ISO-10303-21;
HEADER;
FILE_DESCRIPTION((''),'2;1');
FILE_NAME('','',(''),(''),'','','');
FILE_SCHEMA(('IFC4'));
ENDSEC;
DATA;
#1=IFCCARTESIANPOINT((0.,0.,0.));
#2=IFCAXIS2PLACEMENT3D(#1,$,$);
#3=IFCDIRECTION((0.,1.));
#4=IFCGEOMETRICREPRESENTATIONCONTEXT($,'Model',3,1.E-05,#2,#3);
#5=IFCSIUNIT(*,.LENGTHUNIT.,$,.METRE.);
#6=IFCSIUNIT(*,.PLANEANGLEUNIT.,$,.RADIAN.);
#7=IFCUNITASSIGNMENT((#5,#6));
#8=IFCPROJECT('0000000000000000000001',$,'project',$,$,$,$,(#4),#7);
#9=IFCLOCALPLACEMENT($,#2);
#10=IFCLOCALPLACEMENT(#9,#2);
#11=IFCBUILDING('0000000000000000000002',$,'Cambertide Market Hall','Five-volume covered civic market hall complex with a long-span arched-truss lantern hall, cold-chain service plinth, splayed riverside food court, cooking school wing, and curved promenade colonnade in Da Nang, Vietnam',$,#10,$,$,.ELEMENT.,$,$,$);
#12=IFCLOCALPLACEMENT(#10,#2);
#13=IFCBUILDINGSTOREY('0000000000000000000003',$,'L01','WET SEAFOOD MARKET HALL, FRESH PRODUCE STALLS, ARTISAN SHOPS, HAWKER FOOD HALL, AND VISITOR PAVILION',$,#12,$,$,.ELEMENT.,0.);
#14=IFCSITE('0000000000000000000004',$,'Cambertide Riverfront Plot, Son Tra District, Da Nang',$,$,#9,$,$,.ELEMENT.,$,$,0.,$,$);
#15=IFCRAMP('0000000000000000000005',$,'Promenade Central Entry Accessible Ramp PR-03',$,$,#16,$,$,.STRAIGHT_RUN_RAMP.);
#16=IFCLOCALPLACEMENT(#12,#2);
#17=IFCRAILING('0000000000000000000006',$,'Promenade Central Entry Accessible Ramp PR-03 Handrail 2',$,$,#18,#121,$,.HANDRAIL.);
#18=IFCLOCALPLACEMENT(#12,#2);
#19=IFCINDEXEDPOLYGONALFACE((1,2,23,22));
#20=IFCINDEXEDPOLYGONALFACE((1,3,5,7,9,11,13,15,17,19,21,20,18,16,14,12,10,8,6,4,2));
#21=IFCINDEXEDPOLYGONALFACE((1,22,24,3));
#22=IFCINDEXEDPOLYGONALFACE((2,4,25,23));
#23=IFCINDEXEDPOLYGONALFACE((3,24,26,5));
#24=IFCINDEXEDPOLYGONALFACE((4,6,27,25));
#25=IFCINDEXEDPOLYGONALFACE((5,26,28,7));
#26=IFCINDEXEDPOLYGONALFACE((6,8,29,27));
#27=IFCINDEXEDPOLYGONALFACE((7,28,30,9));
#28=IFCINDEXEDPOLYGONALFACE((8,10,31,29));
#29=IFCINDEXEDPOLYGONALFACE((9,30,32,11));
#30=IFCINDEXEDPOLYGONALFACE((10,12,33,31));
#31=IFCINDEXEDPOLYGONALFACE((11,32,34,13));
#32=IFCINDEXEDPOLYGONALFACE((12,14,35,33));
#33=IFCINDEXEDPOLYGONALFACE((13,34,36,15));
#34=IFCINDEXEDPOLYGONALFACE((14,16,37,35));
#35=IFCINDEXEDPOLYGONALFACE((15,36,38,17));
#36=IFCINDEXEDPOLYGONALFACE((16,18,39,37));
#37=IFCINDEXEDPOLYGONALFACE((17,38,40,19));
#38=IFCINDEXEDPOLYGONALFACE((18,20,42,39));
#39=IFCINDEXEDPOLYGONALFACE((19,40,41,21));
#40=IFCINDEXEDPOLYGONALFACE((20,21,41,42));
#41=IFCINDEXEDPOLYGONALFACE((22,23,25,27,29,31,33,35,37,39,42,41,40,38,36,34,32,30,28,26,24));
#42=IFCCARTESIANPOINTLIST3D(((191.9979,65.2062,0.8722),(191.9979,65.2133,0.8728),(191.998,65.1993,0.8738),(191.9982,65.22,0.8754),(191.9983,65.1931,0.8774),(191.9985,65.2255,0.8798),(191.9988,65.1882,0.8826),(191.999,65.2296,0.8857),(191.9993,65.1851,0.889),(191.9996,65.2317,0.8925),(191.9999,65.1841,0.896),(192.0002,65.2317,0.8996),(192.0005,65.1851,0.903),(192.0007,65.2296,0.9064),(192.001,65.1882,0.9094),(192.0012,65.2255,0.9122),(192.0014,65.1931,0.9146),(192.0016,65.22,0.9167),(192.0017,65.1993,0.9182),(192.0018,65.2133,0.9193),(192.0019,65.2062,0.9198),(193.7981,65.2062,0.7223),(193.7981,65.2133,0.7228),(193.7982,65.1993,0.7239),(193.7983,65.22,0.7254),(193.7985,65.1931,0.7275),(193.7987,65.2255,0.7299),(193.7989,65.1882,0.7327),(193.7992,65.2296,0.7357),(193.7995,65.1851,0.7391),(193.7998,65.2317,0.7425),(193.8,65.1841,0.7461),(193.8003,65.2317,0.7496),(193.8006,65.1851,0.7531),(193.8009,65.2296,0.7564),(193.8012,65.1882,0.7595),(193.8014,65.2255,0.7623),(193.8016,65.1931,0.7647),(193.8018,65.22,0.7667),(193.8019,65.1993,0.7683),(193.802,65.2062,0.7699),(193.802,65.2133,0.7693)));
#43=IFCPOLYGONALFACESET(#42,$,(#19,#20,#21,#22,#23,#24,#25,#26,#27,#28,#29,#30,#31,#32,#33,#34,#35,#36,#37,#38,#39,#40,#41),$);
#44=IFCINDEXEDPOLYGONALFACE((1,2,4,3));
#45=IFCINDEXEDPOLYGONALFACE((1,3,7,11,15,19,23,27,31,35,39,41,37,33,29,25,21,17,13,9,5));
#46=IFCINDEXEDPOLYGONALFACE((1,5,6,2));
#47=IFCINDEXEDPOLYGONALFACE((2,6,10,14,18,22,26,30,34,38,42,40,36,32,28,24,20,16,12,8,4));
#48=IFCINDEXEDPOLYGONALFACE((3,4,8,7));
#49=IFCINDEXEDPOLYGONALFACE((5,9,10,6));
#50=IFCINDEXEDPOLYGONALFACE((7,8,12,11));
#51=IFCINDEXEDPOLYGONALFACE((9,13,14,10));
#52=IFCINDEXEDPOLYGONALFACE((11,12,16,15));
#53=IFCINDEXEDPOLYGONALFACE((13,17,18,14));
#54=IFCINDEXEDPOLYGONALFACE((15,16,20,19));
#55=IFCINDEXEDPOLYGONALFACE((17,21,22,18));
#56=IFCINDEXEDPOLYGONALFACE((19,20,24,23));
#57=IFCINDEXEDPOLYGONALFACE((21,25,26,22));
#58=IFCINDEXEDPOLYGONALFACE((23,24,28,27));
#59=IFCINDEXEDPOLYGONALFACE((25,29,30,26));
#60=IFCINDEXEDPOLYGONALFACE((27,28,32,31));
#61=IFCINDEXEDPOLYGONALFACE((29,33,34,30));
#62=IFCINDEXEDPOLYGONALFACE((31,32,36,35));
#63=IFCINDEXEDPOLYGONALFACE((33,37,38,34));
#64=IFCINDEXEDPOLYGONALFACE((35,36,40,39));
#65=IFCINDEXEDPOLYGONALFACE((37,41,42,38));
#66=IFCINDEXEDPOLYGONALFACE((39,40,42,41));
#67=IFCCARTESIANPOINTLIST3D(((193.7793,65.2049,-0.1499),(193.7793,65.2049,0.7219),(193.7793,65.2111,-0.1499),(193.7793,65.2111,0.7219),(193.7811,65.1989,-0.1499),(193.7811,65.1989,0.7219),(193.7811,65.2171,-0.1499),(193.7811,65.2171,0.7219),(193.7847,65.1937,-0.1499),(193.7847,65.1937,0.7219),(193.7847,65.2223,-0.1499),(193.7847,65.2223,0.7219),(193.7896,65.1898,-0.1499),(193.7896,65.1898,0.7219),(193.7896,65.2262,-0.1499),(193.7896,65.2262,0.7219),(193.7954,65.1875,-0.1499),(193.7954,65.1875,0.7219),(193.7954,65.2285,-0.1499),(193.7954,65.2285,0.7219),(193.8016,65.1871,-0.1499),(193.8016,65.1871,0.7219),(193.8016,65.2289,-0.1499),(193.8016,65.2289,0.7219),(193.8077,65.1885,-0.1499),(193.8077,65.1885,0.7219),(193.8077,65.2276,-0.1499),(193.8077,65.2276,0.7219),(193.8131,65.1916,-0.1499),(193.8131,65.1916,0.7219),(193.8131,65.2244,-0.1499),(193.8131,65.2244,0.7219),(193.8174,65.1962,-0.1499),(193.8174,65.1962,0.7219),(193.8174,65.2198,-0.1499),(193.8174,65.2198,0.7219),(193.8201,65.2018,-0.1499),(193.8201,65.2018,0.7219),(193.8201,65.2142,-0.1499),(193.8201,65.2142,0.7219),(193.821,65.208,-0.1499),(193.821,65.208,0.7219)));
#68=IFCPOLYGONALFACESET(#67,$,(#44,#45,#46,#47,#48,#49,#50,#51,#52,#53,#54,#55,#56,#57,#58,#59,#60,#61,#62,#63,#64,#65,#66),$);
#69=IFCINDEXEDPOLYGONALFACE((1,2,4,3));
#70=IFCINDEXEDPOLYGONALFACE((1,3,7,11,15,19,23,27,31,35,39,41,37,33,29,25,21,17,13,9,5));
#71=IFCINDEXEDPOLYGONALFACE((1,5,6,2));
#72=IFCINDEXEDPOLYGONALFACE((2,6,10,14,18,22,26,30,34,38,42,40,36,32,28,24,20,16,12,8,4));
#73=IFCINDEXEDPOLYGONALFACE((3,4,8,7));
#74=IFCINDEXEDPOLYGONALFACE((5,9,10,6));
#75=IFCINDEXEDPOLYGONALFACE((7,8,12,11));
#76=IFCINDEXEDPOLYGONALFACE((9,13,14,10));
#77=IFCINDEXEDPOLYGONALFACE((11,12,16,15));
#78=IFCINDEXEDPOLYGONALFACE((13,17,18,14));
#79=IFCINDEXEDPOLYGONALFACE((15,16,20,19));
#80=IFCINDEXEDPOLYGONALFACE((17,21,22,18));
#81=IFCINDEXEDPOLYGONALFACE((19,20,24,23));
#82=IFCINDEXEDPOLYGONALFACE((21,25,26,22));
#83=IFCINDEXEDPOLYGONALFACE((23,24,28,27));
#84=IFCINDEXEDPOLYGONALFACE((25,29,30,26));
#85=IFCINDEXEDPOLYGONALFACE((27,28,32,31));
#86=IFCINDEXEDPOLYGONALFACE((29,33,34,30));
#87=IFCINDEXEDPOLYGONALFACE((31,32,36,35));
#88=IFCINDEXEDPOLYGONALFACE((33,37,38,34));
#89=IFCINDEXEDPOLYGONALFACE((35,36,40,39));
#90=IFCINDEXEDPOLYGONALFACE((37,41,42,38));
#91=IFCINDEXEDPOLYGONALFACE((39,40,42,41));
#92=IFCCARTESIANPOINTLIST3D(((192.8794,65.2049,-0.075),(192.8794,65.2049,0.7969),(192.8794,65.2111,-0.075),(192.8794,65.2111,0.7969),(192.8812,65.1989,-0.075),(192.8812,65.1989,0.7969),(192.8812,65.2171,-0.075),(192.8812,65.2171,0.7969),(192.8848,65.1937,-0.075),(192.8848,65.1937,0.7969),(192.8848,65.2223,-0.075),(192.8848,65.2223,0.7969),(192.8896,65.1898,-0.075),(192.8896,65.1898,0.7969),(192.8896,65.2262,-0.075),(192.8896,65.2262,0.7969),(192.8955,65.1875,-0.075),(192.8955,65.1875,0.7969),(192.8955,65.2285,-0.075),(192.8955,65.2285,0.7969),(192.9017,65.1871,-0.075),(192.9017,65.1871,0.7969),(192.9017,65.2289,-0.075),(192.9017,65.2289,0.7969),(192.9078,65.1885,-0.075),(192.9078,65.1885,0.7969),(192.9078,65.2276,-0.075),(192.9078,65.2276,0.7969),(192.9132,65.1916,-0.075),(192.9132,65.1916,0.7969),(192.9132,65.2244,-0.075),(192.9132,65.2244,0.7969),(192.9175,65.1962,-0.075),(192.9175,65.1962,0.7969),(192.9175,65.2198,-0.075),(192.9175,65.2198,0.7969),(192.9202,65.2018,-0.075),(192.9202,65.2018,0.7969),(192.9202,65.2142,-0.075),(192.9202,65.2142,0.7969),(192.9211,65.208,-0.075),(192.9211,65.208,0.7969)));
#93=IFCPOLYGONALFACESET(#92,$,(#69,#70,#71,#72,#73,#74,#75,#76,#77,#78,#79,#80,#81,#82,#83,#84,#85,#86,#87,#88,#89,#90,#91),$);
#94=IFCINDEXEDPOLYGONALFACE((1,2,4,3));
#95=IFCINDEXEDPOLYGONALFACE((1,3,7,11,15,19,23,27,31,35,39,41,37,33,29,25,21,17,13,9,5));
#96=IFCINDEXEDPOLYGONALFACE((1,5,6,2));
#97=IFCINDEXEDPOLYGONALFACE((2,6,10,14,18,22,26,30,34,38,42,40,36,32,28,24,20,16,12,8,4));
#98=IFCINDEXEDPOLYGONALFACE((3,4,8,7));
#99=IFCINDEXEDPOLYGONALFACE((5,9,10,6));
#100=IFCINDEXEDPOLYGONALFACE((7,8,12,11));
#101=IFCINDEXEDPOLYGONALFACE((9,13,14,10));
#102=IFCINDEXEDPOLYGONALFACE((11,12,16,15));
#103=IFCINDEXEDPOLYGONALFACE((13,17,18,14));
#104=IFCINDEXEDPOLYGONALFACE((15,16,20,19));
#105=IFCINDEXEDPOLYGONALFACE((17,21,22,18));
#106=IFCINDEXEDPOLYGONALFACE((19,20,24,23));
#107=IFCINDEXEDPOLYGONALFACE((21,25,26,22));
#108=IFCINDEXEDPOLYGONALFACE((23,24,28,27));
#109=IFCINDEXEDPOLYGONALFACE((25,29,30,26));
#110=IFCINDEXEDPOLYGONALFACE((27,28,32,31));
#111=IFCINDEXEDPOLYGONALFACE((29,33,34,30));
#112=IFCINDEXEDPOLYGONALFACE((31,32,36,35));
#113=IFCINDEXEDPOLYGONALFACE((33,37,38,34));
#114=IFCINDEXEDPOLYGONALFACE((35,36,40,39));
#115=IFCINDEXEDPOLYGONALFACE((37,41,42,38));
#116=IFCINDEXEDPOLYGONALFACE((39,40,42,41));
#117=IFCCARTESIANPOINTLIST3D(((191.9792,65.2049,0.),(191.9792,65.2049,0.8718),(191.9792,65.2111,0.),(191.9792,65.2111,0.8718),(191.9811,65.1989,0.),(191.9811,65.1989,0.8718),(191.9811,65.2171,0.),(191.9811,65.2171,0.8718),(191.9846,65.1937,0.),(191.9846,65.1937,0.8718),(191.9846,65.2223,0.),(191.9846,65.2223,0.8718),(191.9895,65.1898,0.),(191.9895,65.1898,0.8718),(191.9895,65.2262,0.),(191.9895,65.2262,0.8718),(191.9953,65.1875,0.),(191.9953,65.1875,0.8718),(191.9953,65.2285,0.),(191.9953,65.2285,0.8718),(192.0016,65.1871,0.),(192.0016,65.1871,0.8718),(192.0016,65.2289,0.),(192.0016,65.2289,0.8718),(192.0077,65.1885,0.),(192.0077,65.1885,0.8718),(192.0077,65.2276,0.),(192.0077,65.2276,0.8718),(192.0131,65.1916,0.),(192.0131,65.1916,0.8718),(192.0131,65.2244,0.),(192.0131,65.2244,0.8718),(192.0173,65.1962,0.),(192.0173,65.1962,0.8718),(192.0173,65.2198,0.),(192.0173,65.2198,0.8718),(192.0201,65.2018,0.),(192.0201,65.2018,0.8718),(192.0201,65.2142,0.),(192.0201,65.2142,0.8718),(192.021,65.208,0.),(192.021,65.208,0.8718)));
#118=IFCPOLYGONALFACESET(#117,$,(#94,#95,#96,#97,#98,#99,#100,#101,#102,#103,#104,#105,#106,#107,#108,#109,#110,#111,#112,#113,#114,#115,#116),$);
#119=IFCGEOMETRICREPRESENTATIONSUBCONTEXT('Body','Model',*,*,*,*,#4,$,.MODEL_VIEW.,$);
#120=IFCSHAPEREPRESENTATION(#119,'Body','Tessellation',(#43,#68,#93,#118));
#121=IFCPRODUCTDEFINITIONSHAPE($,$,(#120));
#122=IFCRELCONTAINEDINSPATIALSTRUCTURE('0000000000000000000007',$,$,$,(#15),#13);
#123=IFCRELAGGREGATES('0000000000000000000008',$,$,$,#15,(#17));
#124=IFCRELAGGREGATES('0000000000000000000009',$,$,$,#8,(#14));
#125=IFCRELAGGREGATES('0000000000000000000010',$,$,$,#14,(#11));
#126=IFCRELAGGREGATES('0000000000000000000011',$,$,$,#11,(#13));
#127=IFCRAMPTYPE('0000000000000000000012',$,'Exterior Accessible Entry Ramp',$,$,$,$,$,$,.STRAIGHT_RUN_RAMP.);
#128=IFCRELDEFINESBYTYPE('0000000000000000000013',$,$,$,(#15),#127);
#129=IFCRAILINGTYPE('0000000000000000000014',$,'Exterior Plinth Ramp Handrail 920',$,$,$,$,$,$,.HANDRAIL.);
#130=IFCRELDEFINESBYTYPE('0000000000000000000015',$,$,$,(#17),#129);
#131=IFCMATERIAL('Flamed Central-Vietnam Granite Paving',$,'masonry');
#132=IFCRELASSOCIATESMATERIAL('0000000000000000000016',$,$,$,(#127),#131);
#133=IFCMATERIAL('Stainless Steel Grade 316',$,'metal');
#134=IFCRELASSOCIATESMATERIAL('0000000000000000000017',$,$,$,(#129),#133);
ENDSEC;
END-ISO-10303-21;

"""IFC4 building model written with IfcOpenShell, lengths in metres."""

from ifc_helpers import new_model, si_unit, direction, frame, origin, origin_2d, place, context, subcontext, project, spatial, circle, extrude, material, type_object, element, aggregate, save


model = new_model("IFC4")

# Units and contexts
model_context = context("Model", 3, precision=1e-05, world=origin(), true_north=direction((0.0, 1.0)))
body_context = subcontext(model_context, "Body", "Model", "MODEL_VIEW")
ifc_project = project(units=[si_unit("LENGTHUNIT", "METRE"), si_unit("PLANEANGLEUNIT", "RADIAN")], contexts=[model_context])

# Site, building, storey
site_placement = place(None, origin())
site = spatial("IfcSite", under=ifc_project, at=site_placement, Name="Cambertide Riverfront Plot, Son Tra District, Da Nang", CompositionType="ELEMENT", RefElevation=0.0)
building_placement = place(site_placement, origin())
building = spatial("IfcBuilding", under=site, at=building_placement, Name="Cambertide Market Hall", Description="Five-volume covered civic market hall complex with a long-span arched-truss lantern hall, cold-chain service plinth, splayed riverside food court, cooking school wing, and curved promenade colonnade in Da Nang, Vietnam", CompositionType="ELEMENT")
storey_placement = place(building_placement, origin())
storey = spatial("IfcBuildingStorey", under=building, at=storey_placement, Name="L01", Description="WET SEAFOOD MARKET HALL, FRESH PRODUCE STALLS, ARTISAN SHOPS, HAWKER FOOD HALL, AND VISITOR PAVILION", CompositionType="ELEMENT", Elevation=0.0)

# Ramp, railing
ifc_material_1 = material(Name="Flamed Central-Vietnam Granite Paving", Category="masonry")
ramp_type = type_object("IfcRampType", Name="Exterior Accessible Entry Ramp", PredefinedType="STRAIGHT_RUN_RAMP", material=ifc_material_1)
ramp_placement = place(storey_placement, origin())
ramp = element("IfcRamp", 1, at=ramp_placement, inside=storey, type_object=ramp_type, Name="Promenade Central Entry Accessible Ramp PR-03", PredefinedType="STRAIGHT_RUN_RAMP")
ifc_material_2 = material(Name="Stainless Steel Grade 316", Category="metal")
railing_type = type_object("IfcRailingType", Name="Exterior Plinth Ramp Handrail 920", PredefinedType="HANDRAIL", material=ifc_material_2)
railing_1_placement = place(storey_placement, frame((193.8, 65.208, -0.1499)))
railing_1 = element("IfcRailing", 2, at=railing_1_placement, type_object=railing_type, Name="Promenade Central Entry Accessible Ramp PR-03 Handrail 2", PredefinedType="HANDRAIL", context=body_context, shape_type="SweptSolid", body=[
    extrude(circle(Radius=0.0239, at=origin_2d()), frame((0.0, 0.0, 0.896), z_axis=(-0.99655, 0.0, 0.08299), x_axis=(0.0, -1.0, 0.0)), (0.0, 0.0, 1.0), 1.8064),
    extrude(circle(Radius=0.021, at=origin_2d()), origin(), (0.0, 0.0, 1.0), 0.8718),
    extrude(circle(Radius=0.021, at=origin_2d()), frame((-0.8999, 0.0, 0.075)), (0.0, 0.0, 1.0), 0.8718),
    extrude(circle(Radius=0.021, at=origin_2d()), frame((-1.8, 0.0, 0.1499)), (0.0, 0.0, 1.0), 0.8718),
])
aggregate(ramp, [railing_1])

save(model, "model.ifc")
